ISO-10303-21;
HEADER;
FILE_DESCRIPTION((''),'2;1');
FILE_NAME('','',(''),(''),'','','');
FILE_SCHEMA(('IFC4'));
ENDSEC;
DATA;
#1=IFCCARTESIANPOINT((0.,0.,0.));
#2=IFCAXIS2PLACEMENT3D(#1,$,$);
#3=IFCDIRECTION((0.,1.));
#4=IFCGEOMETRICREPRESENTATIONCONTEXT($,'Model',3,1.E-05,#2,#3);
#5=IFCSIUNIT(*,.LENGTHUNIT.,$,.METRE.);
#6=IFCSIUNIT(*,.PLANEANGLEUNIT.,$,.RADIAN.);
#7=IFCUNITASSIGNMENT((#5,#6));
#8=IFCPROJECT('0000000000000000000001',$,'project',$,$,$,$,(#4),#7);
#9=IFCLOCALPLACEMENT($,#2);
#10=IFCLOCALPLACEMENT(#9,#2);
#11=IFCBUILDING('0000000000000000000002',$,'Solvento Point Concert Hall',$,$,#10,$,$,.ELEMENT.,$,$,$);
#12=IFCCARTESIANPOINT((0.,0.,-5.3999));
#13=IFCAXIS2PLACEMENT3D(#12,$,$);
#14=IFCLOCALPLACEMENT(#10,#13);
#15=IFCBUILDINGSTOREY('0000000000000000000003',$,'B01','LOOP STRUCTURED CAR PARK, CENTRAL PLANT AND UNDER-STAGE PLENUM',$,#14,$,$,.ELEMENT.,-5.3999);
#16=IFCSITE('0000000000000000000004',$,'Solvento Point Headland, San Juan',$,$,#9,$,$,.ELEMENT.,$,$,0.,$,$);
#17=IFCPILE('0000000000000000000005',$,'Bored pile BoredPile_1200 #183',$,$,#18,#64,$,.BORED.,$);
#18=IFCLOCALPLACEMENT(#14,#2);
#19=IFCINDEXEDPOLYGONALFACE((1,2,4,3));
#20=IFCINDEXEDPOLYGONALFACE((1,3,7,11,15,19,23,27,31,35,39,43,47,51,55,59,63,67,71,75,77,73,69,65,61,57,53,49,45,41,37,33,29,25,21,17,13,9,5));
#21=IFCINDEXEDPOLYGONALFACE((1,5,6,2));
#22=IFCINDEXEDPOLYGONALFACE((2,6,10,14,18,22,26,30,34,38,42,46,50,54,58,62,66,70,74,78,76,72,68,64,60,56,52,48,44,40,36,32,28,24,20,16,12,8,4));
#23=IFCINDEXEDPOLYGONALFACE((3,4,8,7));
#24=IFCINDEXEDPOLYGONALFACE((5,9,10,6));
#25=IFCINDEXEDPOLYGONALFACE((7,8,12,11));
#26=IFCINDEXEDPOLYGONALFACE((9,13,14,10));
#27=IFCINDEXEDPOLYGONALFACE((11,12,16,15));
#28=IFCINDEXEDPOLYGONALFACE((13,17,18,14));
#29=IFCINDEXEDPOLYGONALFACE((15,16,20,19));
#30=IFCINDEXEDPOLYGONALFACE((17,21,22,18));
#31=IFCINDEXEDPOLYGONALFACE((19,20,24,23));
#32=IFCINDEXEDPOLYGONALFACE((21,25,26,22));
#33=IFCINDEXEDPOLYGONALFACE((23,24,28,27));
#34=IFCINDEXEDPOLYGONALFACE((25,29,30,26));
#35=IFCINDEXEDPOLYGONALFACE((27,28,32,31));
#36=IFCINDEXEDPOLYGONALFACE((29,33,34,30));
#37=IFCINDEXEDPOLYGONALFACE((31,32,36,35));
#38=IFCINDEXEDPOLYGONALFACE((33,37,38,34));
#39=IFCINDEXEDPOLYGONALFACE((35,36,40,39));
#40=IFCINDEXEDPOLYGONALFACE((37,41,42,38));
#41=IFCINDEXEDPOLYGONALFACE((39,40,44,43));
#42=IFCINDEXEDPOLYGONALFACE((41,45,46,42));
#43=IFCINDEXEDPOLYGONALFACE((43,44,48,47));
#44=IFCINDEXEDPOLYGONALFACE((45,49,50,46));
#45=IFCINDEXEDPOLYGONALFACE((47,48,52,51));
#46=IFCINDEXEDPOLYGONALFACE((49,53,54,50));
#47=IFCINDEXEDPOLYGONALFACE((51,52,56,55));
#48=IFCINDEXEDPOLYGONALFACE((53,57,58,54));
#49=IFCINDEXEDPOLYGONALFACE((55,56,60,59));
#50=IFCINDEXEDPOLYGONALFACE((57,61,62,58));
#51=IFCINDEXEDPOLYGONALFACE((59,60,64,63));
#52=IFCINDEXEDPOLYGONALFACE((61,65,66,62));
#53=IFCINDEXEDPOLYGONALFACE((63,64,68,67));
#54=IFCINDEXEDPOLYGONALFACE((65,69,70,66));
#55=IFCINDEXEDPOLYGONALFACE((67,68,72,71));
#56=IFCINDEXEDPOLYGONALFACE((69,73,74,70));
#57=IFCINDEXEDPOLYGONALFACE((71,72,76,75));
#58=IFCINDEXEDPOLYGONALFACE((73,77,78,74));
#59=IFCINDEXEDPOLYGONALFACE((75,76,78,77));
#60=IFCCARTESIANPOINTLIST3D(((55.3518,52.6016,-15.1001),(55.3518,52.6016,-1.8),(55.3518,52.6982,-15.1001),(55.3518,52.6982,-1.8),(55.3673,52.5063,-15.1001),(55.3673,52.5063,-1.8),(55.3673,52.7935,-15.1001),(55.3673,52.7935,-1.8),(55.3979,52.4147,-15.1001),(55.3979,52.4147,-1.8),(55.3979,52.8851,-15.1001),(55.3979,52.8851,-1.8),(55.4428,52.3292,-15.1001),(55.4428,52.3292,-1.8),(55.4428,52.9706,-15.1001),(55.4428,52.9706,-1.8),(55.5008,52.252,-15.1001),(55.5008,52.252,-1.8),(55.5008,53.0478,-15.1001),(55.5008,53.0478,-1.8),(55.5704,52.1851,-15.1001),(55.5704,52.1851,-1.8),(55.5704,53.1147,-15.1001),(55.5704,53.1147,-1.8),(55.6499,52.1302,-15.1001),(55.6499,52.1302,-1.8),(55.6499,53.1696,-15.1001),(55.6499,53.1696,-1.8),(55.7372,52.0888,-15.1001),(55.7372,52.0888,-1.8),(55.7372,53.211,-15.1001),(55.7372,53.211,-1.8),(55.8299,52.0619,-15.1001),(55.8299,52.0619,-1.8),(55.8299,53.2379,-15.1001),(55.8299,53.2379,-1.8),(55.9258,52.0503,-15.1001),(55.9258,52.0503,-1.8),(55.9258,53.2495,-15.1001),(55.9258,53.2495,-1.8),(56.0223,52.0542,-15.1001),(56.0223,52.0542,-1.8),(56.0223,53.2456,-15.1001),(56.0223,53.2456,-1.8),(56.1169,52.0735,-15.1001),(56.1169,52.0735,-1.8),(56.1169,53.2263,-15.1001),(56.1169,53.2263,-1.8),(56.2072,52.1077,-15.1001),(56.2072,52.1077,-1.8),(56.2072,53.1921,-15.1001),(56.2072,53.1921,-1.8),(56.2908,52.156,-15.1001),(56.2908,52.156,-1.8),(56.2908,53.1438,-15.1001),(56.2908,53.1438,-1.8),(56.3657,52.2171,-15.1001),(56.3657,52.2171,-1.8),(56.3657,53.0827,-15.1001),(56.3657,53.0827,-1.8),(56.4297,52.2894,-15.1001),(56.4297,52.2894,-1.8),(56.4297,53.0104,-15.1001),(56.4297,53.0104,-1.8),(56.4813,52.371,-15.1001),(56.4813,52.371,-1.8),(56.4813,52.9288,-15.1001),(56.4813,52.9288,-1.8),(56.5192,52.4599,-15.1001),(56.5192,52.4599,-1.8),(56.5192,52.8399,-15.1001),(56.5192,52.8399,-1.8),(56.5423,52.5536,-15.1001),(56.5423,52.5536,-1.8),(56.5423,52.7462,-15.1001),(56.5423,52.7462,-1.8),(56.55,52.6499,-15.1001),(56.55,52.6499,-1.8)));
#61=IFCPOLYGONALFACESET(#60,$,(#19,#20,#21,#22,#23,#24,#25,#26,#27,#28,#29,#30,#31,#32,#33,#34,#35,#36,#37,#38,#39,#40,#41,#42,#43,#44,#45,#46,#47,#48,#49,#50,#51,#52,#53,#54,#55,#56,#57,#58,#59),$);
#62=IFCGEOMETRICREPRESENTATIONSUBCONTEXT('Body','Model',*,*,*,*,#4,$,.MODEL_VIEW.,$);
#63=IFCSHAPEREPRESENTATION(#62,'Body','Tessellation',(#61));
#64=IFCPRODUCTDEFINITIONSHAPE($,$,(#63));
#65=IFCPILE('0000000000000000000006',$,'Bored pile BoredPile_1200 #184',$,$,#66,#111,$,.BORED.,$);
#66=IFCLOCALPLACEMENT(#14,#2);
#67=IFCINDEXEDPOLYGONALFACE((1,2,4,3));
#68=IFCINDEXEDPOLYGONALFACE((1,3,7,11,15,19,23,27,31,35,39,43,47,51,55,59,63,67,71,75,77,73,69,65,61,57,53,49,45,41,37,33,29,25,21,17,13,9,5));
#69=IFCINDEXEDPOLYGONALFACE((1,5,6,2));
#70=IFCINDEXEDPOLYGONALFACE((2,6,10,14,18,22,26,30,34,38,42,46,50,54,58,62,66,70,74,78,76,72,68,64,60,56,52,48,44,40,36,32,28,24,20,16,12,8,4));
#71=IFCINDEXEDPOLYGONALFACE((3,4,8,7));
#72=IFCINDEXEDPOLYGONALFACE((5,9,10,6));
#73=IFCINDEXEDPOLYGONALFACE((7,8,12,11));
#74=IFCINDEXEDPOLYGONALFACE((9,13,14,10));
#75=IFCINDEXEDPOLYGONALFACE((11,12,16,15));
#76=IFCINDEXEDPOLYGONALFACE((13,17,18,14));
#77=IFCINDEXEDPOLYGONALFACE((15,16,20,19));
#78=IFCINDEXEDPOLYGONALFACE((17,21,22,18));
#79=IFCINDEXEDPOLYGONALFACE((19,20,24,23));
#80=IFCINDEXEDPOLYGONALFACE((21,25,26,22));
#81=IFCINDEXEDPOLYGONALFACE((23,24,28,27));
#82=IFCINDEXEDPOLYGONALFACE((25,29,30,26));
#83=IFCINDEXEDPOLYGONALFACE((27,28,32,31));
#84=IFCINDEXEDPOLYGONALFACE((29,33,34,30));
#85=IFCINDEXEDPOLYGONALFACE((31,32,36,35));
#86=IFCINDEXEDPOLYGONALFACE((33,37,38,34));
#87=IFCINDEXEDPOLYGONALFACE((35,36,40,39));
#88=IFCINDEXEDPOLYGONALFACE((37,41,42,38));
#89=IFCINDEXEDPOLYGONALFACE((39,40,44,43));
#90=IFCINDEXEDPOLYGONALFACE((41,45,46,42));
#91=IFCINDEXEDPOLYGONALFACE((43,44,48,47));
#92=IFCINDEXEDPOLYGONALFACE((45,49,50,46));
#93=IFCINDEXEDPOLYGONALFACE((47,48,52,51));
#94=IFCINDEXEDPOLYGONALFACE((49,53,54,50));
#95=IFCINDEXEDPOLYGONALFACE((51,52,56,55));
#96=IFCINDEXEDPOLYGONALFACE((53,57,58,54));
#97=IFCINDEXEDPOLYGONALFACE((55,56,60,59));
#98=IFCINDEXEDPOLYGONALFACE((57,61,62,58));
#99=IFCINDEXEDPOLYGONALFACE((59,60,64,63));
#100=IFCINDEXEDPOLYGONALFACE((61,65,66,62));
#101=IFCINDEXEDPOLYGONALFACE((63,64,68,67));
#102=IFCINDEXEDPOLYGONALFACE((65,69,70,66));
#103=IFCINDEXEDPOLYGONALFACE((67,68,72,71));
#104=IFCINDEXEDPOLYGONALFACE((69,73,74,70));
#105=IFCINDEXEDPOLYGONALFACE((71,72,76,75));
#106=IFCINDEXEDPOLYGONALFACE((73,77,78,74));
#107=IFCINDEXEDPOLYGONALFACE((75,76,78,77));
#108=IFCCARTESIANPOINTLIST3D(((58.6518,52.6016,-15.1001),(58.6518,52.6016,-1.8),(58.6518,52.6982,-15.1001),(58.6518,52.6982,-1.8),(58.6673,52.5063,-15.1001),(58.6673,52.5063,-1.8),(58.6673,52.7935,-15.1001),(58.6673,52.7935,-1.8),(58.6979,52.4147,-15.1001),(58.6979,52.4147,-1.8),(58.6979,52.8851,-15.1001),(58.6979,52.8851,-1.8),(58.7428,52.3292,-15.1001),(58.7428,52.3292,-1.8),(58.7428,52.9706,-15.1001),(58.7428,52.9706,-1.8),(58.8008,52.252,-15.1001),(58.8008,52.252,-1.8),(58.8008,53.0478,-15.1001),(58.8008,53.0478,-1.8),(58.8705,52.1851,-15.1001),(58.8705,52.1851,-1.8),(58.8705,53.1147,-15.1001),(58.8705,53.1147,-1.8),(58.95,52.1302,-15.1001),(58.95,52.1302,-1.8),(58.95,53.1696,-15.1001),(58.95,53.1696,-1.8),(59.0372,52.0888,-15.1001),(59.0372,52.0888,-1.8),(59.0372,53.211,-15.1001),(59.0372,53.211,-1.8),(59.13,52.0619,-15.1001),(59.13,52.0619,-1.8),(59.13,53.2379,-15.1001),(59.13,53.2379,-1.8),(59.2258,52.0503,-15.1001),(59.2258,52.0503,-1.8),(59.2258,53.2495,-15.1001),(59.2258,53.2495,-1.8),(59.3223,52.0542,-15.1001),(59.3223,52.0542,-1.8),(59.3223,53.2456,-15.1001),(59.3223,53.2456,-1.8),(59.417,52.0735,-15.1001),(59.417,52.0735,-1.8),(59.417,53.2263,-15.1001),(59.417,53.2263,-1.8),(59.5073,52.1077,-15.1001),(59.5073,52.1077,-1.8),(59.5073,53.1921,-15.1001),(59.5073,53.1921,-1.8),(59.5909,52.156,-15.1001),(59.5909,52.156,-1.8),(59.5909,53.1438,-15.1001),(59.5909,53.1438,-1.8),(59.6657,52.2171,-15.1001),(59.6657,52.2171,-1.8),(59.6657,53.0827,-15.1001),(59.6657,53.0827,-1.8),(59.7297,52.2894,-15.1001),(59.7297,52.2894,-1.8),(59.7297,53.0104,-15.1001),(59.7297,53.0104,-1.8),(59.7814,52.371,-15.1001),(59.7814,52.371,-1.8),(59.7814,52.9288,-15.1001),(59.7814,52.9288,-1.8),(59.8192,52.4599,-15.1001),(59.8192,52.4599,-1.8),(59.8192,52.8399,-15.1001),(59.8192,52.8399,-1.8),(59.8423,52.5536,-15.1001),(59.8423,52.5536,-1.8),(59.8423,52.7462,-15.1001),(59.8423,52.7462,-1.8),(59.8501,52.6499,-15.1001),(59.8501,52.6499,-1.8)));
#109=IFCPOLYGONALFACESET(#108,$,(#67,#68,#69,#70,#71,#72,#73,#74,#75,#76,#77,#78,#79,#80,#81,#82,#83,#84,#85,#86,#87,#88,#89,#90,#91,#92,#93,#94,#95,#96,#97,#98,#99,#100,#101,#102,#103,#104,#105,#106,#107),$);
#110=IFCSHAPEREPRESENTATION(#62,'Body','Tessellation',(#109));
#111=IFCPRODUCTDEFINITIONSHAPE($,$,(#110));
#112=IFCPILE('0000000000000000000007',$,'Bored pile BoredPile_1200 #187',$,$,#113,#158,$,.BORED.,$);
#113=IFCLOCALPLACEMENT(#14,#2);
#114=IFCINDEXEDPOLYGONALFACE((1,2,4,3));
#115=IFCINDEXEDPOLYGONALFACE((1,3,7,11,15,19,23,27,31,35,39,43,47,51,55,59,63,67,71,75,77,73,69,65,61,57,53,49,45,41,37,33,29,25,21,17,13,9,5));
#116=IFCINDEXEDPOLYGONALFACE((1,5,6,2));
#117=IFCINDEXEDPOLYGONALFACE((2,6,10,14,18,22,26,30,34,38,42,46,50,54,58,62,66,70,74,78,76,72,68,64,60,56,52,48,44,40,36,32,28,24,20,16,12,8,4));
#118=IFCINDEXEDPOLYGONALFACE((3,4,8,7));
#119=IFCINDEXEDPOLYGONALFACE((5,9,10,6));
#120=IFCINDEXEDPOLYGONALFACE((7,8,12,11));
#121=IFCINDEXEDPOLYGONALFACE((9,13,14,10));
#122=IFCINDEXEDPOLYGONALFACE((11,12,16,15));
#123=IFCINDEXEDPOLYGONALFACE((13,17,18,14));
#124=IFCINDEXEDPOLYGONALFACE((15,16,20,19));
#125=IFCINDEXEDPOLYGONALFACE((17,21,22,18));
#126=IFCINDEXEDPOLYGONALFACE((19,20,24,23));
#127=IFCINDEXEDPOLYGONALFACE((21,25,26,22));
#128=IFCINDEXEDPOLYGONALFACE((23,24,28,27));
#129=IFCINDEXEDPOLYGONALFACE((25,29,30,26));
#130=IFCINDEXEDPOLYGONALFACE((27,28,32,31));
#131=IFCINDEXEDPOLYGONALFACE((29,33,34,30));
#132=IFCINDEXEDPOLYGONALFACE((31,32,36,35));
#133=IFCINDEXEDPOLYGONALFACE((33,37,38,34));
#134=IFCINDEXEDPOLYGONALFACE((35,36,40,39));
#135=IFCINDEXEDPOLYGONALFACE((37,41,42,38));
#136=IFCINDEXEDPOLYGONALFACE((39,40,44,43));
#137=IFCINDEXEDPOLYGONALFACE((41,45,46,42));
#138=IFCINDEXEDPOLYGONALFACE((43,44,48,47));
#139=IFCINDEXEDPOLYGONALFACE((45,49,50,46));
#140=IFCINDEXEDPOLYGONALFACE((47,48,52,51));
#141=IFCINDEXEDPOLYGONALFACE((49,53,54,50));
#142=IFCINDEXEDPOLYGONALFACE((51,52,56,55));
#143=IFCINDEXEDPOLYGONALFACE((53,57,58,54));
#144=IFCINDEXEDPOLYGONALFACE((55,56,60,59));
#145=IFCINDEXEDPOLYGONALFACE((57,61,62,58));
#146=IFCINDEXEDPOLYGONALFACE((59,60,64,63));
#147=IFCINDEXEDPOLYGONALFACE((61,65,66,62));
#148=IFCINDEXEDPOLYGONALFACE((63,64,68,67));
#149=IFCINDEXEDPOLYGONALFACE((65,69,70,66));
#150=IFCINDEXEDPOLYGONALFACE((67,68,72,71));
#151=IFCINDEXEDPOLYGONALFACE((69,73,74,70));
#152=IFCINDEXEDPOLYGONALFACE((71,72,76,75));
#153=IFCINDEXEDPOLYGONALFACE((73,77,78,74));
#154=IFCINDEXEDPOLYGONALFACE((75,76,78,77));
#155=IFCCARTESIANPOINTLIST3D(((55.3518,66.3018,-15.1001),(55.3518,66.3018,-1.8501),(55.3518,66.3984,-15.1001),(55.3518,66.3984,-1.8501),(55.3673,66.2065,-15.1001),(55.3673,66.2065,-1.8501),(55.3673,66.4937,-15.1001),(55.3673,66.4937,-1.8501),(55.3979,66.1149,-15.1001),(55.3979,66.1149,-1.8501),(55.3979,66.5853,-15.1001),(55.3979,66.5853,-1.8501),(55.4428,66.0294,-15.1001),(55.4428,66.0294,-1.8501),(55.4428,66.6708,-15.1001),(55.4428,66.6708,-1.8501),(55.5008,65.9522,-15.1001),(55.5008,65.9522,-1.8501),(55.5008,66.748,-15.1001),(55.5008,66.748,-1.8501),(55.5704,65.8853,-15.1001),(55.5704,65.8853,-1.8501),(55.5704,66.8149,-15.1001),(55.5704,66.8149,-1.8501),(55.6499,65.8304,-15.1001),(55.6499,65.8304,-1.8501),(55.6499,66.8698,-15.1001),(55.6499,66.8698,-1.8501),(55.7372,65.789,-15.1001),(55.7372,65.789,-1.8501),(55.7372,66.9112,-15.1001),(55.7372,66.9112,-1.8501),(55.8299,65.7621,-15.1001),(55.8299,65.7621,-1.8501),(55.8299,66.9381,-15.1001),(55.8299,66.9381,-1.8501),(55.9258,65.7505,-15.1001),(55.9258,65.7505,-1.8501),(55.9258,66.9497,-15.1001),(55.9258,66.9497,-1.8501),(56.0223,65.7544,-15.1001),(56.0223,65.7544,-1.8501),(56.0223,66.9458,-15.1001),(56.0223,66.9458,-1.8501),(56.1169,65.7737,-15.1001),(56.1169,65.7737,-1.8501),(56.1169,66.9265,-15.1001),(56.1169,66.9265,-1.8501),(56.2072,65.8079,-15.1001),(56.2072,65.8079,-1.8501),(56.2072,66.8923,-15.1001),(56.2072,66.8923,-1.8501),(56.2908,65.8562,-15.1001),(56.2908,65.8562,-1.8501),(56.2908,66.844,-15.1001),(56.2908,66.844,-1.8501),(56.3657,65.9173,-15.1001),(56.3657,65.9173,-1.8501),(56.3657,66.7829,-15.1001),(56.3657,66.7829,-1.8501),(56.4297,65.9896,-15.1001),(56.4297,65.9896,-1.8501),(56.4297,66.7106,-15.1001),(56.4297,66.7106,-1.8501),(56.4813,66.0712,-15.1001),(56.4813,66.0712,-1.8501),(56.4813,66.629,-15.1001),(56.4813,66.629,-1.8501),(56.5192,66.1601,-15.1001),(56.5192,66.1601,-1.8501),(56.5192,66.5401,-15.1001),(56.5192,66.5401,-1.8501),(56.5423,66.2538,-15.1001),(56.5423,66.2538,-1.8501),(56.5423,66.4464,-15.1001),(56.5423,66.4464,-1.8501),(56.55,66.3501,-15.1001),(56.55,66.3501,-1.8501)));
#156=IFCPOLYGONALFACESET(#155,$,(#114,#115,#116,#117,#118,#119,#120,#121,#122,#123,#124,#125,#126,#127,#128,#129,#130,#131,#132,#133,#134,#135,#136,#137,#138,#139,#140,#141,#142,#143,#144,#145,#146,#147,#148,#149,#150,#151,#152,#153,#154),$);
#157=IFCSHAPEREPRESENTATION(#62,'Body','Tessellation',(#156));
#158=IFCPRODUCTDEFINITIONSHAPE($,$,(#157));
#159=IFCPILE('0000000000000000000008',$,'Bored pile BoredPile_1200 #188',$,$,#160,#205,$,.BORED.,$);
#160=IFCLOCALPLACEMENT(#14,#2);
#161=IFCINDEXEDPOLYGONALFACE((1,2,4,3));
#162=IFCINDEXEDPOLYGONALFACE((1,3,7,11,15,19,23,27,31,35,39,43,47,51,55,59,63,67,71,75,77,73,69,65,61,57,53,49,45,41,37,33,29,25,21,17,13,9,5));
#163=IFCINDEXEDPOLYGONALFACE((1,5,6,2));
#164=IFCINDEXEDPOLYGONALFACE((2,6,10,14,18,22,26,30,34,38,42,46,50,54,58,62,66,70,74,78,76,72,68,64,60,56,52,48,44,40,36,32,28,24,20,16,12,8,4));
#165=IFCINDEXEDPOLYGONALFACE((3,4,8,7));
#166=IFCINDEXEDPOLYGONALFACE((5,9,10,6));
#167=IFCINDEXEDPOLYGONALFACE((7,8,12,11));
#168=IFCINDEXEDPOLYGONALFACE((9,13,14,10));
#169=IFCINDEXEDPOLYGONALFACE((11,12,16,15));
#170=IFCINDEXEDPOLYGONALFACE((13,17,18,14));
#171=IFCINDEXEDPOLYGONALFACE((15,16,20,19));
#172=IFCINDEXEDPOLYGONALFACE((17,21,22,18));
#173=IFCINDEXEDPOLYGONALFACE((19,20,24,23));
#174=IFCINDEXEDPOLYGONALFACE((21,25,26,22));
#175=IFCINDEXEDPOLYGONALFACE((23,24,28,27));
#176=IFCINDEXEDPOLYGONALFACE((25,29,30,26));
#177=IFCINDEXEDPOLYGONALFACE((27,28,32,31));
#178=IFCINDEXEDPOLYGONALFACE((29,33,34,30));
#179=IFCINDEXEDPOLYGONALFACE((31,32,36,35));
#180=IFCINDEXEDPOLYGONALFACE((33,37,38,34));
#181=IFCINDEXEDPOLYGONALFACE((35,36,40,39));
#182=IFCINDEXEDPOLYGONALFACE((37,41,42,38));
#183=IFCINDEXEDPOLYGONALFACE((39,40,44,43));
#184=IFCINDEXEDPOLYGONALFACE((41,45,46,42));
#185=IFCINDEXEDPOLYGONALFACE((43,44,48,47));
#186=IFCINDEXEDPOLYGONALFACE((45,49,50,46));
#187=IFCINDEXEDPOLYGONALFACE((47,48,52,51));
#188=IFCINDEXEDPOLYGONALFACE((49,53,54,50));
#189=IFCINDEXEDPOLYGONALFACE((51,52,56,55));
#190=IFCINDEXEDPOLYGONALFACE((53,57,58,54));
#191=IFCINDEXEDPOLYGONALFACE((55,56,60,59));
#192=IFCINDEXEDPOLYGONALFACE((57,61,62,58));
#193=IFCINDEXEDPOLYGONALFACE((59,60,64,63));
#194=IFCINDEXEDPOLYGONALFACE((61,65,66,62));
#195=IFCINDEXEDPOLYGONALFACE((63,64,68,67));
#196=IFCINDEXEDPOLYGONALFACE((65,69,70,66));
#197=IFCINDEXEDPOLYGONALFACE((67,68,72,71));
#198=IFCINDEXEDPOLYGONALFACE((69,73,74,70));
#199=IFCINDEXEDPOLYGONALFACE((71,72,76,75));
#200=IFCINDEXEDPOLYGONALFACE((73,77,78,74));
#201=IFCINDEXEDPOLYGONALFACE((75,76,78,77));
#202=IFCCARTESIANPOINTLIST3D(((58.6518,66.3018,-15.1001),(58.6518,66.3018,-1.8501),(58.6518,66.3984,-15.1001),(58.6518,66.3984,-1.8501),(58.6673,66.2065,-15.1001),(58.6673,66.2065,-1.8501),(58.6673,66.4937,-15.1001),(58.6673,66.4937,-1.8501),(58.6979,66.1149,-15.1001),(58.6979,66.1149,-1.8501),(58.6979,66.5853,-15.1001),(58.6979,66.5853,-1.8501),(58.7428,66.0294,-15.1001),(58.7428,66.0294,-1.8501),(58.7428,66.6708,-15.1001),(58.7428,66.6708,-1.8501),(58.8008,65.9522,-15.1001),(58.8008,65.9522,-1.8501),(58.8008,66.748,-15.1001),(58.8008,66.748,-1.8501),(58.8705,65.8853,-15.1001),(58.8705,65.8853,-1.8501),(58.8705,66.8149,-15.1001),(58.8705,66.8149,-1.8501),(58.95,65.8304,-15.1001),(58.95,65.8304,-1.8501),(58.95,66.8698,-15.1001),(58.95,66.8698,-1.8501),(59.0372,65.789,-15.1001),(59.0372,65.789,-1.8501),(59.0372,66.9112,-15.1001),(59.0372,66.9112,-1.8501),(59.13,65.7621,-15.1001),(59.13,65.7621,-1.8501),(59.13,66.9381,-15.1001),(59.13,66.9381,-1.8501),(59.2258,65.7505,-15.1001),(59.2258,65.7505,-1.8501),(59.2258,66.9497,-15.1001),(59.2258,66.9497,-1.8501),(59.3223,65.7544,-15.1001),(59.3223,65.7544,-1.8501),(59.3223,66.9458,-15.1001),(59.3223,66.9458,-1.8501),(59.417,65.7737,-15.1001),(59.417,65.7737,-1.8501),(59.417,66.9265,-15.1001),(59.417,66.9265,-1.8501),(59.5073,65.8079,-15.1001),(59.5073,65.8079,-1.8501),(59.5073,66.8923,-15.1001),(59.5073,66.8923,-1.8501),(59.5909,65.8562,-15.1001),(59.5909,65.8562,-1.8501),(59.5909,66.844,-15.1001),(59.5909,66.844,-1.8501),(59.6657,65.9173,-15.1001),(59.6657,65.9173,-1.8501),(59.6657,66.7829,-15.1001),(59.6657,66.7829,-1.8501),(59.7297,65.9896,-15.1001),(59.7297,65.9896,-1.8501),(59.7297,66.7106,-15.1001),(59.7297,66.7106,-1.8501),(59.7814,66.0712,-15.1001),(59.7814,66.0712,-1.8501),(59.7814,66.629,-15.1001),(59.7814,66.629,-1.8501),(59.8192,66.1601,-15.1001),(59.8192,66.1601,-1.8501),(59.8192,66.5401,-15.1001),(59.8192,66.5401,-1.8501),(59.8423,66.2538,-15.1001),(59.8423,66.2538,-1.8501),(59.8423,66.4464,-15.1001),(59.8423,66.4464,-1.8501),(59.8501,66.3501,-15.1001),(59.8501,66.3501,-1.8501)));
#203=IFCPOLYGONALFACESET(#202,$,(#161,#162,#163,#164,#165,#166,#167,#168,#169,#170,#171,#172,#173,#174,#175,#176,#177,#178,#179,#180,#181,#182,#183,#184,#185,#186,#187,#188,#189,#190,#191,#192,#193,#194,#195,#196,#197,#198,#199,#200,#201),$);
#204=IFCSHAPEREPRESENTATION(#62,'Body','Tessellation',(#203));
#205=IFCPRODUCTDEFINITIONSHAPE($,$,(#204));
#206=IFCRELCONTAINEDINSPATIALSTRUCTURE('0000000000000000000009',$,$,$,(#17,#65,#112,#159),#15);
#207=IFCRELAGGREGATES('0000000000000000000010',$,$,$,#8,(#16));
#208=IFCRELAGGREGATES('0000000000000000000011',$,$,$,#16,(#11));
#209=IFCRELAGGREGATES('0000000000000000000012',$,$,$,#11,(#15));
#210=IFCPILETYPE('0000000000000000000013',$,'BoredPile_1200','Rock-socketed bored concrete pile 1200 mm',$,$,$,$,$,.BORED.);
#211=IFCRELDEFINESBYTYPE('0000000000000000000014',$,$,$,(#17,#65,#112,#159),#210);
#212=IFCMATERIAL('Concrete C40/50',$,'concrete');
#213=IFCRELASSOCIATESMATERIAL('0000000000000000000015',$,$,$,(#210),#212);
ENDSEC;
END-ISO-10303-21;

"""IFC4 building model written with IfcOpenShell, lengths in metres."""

from ifc_helpers import new_model, si_unit, direction, frame, origin, origin_2d, place, context, subcontext, project, spatial, circle, extrude, material, material_profile, profile_set, type_object, element, save


model = new_model("IFC4")

# Units and contexts
model_context = context("Model", 3, precision=1e-05, world=origin(), true_north=direction((0.0, 1.0)))
body_context = subcontext(model_context, "Body", "Model", "MODEL_VIEW")
ifc_project = project(units=[si_unit("LENGTHUNIT", "METRE"), si_unit("PLANEANGLEUNIT", "RADIAN")], contexts=[model_context])

# Site, building, storey
site_placement = place(None, origin())
site = spatial("IfcSite", under=ifc_project, at=site_placement, Name="Solvento Point Headland, San Juan", CompositionType="ELEMENT", RefElevation=0.0)
building_placement = place(site_placement, origin())
building = spatial("IfcBuilding", under=site, at=building_placement, Name="Solvento Point Concert Hall", CompositionType="ELEMENT")
storey_placement = place(building_placement, frame((0.0, 0.0, -5.3999)))
storey = spatial("IfcBuildingStorey", under=building, at=storey_placement, Name="B01", Description="LOOP STRUCTURED CAR PARK, CENTRAL PLANT AND UNDER-STAGE PLENUM", CompositionType="ELEMENT", Elevation=-5.3999)

# Piles
ifc_material_1 = material(Name="Concrete C40/50", Category="concrete")
ifc_material_profile_1 = material_profile(ifc_material_1, circle(Radius=0.6001, at=origin_2d()), Name="BP-1200")
ifc_profile_set_1 = profile_set([ifc_material_profile_1], Name="Concrete C40/50")
pile_type_1 = type_object("IfcPileType", Name="BoredPile_1200", Description="Rock-socketed bored concrete pile 1200 mm", PredefinedType="BORED", material=ifc_profile_set_1)
for number, where, z_axis, x_axis, name in (
    (1, (55.95, 52.6499, -1.8), (0.0, 0.0, -1.0), (1.0, 0.0, 0.0), "Bored pile BoredPile_1200 #183"),
    (2, (59.25, 52.6499, -1.8), (0.0, 0.0, -1.0), (1.0, 0.0, 0.0), "Bored pile BoredPile_1200 #184"),
):
    element("IfcPile", number, at=place(storey_placement, frame(where, z_axis=z_axis, x_axis=x_axis)), inside=storey, type_object=pile_type_1, Name=name, PredefinedType="BORED", context=body_context, shape_type="SweptSolid", body=[
        extrude(circle(Radius=0.6001, at=origin_2d()), origin(), (0.0, 0.0, 1.0), 13.3),
    ])
for number, where, z_axis, x_axis, name in (
    (3, (55.95, 66.3501, -1.8501), (0.0, 0.0, -1.0), (1.0, 0.0, 0.0), "Bored pile BoredPile_1200 #187"),
    (4, (59.25, 66.3501, -1.8501), (0.0, 0.0, -1.0), (1.0, 0.0, 0.0), "Bored pile BoredPile_1200 #188"),
):
    element("IfcPile", number, at=place(storey_placement, frame(where, z_axis=z_axis, x_axis=x_axis)), inside=storey, type_object=pile_type_1, Name=name, PredefinedType="BORED", context=body_context, shape_type="SweptSolid", body=[
        extrude(circle(Radius=0.6001, at=origin_2d()), origin(), (0.0, 0.0, 1.0), 13.25),
    ])

save(model, "model.ifc")
